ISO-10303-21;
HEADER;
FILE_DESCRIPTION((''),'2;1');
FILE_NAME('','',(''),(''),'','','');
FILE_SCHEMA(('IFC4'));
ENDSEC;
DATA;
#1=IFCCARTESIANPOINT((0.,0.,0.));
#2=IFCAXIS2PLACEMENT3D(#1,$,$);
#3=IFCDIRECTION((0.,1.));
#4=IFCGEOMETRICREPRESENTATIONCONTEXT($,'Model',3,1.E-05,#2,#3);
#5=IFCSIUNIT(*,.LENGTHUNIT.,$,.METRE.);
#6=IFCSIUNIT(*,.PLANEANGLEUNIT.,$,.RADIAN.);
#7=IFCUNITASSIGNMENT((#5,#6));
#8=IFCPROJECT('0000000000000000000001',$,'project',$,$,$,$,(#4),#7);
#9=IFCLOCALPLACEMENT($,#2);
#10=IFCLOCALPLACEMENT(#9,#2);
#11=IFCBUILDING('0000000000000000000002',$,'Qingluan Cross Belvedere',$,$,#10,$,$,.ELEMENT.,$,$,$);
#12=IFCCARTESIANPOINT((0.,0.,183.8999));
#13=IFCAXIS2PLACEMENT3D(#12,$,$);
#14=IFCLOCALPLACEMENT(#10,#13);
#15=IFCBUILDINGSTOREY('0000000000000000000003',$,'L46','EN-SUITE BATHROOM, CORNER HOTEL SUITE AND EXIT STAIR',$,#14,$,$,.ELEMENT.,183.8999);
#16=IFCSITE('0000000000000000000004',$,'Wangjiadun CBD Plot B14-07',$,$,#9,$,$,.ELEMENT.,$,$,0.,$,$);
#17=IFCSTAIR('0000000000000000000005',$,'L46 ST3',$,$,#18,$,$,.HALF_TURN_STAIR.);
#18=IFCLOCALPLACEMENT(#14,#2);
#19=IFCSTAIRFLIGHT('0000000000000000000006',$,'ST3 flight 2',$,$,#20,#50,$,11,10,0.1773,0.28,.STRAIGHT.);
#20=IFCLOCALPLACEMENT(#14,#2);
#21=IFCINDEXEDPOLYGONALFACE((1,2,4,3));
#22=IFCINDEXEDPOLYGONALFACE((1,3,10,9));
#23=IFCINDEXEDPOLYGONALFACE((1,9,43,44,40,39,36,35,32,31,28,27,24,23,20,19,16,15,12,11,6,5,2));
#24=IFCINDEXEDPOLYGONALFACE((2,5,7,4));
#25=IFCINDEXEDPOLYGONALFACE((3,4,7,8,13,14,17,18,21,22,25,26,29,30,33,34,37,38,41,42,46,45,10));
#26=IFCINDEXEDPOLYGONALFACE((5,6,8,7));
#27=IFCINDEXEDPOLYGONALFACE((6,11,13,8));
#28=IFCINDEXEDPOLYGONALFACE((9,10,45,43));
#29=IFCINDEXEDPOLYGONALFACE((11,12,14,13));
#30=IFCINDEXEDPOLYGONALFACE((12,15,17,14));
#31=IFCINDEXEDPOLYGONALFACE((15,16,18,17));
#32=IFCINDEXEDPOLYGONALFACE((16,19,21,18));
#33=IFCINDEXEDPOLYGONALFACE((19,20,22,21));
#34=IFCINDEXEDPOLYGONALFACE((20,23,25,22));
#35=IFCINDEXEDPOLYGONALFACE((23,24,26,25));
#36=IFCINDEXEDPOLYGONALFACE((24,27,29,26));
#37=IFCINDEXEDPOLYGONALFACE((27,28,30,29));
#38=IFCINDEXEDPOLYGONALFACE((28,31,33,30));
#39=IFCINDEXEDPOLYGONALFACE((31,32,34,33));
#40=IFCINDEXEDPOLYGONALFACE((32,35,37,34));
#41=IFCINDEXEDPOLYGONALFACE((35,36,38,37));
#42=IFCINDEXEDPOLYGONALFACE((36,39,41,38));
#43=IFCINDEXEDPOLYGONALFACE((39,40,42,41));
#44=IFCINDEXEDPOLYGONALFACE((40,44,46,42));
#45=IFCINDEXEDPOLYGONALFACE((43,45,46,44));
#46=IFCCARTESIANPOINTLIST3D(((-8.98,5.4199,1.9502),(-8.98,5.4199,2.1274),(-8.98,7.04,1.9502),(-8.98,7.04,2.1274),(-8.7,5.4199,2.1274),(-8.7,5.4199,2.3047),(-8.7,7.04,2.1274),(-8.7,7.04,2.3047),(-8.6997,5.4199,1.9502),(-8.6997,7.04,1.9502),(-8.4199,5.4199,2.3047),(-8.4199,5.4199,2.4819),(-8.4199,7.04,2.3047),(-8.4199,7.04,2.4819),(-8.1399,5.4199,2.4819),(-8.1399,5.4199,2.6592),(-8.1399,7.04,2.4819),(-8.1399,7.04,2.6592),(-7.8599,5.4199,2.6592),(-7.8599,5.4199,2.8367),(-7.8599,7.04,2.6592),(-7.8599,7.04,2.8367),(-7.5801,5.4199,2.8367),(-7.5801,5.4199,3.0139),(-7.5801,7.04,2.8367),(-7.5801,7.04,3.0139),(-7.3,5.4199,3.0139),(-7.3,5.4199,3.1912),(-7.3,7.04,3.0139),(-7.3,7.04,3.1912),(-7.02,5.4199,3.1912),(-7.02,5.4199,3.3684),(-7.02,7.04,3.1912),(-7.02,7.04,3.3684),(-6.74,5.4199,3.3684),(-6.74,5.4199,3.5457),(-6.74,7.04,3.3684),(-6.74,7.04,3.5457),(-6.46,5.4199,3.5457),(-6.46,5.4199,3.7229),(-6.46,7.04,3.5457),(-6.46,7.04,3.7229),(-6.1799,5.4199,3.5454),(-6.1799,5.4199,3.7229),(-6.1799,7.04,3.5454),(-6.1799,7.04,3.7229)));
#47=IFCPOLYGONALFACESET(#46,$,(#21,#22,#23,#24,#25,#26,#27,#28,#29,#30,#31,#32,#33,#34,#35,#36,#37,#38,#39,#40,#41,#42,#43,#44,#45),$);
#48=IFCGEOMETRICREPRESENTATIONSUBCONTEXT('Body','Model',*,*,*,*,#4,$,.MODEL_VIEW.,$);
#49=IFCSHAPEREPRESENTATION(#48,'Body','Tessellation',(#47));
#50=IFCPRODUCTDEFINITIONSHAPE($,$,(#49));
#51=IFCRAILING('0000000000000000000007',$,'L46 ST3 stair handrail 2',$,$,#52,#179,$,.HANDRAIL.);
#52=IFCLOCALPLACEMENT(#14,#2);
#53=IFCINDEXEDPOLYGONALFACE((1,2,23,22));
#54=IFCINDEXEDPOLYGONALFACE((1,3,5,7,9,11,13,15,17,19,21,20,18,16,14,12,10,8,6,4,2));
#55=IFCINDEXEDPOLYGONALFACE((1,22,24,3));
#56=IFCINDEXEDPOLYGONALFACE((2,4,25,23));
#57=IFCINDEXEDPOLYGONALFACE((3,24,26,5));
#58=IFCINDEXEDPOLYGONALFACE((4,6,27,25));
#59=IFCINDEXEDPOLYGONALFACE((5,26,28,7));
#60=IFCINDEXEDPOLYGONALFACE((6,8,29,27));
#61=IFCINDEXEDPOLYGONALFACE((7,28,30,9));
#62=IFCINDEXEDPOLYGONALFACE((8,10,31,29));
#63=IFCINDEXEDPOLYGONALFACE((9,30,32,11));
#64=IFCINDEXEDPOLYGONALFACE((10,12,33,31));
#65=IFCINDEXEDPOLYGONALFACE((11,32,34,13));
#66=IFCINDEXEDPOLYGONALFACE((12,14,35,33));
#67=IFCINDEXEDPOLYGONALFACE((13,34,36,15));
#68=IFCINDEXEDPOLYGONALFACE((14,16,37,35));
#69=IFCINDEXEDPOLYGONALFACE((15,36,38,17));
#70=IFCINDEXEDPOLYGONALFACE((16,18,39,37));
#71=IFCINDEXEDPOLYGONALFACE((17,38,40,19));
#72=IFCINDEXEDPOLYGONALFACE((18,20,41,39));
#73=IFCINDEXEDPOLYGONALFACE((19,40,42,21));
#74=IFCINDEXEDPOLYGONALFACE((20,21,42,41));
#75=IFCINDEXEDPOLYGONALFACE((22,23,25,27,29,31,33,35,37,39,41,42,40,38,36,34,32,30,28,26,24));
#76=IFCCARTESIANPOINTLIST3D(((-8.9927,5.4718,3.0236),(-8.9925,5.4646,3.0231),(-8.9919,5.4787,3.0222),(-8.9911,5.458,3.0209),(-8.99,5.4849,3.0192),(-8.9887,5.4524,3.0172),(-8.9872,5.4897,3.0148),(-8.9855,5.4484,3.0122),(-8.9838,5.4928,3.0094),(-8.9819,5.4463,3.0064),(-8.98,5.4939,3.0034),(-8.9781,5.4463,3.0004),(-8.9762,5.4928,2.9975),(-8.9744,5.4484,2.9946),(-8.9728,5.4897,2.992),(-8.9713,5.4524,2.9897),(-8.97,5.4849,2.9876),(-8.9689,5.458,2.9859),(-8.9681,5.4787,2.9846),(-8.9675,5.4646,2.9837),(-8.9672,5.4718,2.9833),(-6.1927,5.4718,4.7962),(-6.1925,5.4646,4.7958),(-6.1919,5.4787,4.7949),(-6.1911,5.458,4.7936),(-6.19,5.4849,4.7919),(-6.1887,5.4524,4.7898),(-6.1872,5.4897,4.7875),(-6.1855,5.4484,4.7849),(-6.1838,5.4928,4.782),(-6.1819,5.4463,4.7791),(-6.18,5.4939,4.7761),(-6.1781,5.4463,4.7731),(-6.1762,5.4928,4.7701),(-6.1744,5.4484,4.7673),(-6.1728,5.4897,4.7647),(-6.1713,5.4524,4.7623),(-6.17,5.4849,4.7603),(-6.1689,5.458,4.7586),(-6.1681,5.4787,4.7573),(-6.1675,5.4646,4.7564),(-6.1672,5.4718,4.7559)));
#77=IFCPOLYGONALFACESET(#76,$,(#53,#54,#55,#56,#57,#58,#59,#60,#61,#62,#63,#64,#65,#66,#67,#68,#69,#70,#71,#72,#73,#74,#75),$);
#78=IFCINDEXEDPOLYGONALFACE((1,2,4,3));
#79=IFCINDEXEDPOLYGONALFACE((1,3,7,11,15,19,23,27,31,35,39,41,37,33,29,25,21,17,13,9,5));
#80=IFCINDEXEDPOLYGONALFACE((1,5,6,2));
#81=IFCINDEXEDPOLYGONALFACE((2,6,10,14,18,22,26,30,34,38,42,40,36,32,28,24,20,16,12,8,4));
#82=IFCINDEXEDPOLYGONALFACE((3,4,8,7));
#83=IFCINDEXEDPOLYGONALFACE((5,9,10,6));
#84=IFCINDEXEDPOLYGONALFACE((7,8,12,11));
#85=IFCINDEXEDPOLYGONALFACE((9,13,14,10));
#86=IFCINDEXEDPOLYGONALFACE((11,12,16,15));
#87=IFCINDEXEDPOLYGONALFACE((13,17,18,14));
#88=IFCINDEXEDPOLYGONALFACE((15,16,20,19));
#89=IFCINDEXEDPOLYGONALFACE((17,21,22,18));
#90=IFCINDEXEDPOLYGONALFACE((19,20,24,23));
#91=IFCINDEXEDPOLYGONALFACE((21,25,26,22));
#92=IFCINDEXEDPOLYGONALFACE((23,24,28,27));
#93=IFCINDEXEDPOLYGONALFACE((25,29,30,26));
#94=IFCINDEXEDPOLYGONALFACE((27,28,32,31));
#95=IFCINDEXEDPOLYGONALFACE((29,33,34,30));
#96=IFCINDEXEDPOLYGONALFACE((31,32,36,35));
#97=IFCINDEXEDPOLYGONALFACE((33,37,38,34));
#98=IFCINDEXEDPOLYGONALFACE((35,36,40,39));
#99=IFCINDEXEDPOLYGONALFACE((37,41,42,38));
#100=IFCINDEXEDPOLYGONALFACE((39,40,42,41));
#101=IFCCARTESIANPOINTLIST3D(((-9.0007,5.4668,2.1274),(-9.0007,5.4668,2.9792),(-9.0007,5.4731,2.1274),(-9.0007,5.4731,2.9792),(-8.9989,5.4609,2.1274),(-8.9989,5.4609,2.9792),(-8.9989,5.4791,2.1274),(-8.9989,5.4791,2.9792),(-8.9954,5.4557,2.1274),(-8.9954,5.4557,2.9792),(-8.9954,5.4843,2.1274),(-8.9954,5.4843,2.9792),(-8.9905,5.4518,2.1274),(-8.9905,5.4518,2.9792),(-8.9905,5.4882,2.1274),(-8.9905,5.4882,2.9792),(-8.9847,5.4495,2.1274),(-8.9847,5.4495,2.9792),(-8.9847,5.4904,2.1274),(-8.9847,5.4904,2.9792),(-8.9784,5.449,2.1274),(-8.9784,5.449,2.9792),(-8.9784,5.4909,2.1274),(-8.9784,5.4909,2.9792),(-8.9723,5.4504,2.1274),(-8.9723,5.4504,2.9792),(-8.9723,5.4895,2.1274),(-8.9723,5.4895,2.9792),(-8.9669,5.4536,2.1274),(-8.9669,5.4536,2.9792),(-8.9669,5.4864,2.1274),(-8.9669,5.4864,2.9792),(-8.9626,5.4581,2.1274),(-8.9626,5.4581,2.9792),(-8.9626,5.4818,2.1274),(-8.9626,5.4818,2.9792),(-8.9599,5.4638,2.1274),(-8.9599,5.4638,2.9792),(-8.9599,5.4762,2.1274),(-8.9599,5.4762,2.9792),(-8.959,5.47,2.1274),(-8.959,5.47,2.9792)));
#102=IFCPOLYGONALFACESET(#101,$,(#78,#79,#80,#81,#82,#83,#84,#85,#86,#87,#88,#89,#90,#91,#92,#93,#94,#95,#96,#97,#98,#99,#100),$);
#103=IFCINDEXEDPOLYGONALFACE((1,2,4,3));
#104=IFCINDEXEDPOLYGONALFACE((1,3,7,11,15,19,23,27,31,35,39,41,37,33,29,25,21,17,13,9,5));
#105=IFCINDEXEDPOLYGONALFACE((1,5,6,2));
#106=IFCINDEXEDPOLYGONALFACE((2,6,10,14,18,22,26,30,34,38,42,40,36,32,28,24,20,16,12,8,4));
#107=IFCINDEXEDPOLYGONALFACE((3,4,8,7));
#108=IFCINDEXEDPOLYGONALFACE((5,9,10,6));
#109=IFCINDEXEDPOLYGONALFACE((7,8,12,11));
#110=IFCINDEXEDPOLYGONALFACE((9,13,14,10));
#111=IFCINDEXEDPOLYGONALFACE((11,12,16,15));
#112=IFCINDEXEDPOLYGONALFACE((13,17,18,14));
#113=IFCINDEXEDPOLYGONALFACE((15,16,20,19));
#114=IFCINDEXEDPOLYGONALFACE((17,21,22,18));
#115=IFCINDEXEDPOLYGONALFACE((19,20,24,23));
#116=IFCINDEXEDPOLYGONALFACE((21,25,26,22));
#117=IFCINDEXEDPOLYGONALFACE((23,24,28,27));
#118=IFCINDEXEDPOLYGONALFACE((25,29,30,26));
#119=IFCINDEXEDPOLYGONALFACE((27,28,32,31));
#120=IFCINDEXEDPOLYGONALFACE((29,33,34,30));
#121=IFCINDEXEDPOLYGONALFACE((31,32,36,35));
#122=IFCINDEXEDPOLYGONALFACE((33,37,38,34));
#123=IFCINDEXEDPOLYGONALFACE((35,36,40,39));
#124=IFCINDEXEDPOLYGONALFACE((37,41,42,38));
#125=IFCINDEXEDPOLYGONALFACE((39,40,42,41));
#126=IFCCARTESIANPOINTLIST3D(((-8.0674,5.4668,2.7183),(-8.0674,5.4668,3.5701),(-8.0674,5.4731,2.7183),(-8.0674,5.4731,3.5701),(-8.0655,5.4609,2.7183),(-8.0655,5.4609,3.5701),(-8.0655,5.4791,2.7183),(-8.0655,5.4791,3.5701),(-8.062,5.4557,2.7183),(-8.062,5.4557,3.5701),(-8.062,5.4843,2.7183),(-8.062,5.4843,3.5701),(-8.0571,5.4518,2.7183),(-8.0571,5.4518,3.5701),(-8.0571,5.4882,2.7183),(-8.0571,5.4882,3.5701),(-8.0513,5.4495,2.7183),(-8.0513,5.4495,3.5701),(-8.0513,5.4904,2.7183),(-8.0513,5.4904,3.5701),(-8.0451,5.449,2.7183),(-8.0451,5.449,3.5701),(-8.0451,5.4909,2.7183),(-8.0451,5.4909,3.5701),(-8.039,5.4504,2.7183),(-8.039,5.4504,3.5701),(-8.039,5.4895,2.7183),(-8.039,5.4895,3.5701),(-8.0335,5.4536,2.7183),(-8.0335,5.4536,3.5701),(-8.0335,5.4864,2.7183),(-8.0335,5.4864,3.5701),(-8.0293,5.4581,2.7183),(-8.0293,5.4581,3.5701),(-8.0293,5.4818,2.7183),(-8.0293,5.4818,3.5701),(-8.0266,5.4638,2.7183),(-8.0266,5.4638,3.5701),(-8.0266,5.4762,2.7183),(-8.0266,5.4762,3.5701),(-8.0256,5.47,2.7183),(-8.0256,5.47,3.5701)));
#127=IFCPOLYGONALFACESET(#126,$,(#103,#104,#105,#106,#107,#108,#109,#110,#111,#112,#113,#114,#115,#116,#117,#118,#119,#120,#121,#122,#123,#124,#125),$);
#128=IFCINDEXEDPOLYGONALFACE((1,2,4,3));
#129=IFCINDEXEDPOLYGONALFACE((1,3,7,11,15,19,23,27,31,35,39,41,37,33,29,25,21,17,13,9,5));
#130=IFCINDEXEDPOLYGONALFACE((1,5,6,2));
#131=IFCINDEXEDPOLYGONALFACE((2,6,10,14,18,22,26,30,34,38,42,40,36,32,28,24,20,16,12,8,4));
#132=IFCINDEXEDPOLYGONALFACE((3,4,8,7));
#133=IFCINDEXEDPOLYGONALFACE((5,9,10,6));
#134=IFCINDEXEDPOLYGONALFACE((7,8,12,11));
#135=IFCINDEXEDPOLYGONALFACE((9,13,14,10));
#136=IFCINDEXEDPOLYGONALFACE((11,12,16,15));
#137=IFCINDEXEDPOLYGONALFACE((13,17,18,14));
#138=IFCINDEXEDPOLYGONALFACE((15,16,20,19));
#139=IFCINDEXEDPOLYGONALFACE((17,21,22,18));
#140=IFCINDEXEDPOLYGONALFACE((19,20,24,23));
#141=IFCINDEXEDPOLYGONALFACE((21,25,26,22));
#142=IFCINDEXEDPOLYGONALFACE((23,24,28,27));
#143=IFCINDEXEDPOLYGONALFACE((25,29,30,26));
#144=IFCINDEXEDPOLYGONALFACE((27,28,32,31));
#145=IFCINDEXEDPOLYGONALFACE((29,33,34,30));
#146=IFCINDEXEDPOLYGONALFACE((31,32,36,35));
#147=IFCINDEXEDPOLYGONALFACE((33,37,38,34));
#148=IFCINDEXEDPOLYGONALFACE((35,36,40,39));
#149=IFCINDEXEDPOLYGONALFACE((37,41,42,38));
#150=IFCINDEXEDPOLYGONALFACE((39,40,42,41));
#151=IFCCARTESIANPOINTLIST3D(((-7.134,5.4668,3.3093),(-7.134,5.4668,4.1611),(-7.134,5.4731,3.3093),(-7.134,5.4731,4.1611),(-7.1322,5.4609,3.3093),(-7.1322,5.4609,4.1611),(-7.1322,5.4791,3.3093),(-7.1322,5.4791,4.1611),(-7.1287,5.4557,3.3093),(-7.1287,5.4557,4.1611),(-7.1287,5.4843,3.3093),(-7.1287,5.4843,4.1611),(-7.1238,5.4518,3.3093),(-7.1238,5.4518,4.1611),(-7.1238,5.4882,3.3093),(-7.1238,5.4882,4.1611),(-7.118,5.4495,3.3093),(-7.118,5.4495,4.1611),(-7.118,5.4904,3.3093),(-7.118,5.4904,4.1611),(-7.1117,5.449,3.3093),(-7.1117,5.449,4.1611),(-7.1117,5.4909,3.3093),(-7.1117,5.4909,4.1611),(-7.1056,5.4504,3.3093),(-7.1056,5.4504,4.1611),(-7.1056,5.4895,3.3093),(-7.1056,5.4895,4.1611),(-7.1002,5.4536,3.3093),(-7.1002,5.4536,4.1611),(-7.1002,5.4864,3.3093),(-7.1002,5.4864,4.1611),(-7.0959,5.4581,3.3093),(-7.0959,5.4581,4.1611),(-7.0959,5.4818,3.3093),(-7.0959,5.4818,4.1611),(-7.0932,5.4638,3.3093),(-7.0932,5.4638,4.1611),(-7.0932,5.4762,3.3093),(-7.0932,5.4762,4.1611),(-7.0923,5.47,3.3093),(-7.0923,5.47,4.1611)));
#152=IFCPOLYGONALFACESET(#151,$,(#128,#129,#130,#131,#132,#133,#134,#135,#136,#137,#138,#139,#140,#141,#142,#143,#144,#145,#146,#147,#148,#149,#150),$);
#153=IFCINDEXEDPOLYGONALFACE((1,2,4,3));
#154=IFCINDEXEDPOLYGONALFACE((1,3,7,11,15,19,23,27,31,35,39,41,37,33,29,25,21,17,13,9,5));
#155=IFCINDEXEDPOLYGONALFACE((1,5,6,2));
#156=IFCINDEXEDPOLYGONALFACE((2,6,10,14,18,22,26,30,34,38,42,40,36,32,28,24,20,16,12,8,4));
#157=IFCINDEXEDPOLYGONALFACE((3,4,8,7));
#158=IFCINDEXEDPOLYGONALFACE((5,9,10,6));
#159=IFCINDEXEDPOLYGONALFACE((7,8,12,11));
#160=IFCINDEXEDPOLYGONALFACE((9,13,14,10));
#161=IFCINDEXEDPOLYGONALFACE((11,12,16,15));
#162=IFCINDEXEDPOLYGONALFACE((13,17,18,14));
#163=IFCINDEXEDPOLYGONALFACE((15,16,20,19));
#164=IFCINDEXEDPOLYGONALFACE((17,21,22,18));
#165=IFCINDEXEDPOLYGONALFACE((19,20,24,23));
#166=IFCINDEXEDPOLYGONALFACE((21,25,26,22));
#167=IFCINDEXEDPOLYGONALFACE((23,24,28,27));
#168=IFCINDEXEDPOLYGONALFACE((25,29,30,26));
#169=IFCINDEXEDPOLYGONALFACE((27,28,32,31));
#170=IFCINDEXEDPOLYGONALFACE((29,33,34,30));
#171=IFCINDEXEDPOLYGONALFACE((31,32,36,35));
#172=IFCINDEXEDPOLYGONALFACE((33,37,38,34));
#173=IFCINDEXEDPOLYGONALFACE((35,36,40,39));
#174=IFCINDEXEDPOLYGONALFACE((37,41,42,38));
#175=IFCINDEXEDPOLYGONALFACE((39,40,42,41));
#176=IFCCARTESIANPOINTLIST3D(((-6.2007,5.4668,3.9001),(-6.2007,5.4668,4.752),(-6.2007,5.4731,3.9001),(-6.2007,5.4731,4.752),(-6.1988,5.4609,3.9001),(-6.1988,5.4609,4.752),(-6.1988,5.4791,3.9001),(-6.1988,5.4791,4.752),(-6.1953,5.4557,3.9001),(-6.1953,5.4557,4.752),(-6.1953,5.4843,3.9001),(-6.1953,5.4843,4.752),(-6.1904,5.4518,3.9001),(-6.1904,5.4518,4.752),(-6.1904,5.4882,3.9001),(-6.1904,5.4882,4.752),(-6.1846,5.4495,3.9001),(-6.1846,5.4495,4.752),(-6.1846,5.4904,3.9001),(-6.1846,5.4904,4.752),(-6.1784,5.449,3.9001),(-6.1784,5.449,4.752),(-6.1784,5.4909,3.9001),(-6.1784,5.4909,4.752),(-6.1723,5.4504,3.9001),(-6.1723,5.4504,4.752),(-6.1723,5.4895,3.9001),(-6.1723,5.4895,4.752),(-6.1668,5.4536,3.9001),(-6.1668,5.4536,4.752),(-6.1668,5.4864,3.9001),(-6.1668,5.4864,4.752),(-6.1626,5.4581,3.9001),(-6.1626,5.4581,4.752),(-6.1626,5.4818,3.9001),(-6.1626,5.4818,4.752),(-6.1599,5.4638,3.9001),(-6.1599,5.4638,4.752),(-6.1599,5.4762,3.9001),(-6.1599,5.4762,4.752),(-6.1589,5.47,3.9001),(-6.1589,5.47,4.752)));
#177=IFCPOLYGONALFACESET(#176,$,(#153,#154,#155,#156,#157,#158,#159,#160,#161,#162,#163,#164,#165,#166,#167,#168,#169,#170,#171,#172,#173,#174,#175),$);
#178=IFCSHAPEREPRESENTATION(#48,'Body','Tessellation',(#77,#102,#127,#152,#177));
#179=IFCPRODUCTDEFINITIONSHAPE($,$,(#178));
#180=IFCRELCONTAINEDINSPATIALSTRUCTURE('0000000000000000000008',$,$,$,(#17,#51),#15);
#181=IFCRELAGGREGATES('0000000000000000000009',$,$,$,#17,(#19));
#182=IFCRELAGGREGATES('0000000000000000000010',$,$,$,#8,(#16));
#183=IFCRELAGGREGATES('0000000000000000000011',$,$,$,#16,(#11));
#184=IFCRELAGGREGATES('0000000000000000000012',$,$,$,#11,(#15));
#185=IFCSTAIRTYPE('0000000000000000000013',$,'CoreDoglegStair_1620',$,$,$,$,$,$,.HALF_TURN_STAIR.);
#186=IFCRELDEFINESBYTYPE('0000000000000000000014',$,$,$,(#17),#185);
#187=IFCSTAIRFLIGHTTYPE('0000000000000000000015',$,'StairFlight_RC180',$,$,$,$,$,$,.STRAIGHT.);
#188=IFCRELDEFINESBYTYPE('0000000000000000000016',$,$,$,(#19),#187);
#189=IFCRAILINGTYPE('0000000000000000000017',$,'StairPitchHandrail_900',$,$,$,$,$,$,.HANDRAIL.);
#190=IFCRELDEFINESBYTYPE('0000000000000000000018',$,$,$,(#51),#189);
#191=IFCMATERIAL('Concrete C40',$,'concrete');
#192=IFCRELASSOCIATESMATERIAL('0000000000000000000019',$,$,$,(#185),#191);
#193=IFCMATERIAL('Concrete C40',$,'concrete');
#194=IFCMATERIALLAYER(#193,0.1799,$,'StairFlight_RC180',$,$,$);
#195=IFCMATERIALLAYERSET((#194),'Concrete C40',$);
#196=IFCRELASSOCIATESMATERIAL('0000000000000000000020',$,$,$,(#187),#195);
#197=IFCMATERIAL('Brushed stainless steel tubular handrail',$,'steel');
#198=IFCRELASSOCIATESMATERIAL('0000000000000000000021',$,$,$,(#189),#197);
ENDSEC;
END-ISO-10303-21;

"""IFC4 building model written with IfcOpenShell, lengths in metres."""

from ifc_helpers import new_model, si_unit, direction, frame, origin, origin_2d, place, context, subcontext, project, spatial, polyline, circle, outline, extrude, material, layer, layer_set, type_object, element, aggregate, save


model = new_model("IFC4")

# Units and contexts
model_context = context("Model", 3, precision=1e-05, world=origin(), true_north=direction((0.0, 1.0)))
body_context = subcontext(model_context, "Body", "Model", "MODEL_VIEW")
ifc_project = project(units=[si_unit("LENGTHUNIT", "METRE"), si_unit("PLANEANGLEUNIT", "RADIAN")], contexts=[model_context])

# Site, building, storey
site_placement = place(None, origin())
site = spatial("IfcSite", under=ifc_project, at=site_placement, Name="Wangjiadun CBD Plot B14-07", CompositionType="ELEMENT", RefElevation=0.0)
building_placement = place(site_placement, origin())
building = spatial("IfcBuilding", under=site, at=building_placement, Name="Qingluan Cross Belvedere", CompositionType="ELEMENT")
storey_placement = place(building_placement, frame((0.0, 0.0, 183.8999)))
storey = spatial("IfcBuildingStorey", under=building, at=storey_placement, Name="L46", Description="EN-SUITE BATHROOM, CORNER HOTEL SUITE AND EXIT STAIR", CompositionType="ELEMENT", Elevation=183.8999)

# Stair, stair flight
ifc_material_1 = material(Name="Concrete C40", Category="concrete")
stair_type = type_object("IfcStairType", Name="CoreDoglegStair_1620", PredefinedType="HALF_TURN_STAIR", material=ifc_material_1)
stair_placement = place(storey_placement, origin())
stair = element("IfcStair", 1, at=stair_placement, inside=storey, type_object=stair_type, Name="L46 ST3", PredefinedType="HALF_TURN_STAIR")
ifc_material_2 = material(Name="Concrete C40", Category="concrete")
ifc_layer_1 = layer(ifc_material_2, 0.1799, Name="StairFlight_RC180")
ifc_layer_set_1 = layer_set([ifc_layer_1], Name="Concrete C40")
stair_flight_type = type_object("IfcStairFlightType", Name="StairFlight_RC180", PredefinedType="STRAIGHT", material=ifc_layer_set_1)
stair_flight_1_placement = place(storey_placement, frame((-8.98, 6.23, 1.9502), z_axis=(0.0, 0.0, 1.0), x_axis=(1.0, 0.0, 0.0)))
stair_flight_1 = element("IfcStairFlight", 2, at=stair_flight_1_placement, type_object=stair_flight_type, Name="ST3 flight 2", NumberOfRisers=11, NumberOfTreads=10, PredefinedType="STRAIGHT", RiserHeight=0.1773, TreadLength=0.28, context=body_context, shape_type="SweptSolid", body=[
    extrude(outline(polyline([(0.0, 0.0), (0.0, 0.1772), (0.28, 0.1772), (0.28, 0.3545), (0.5601, 0.3545), (0.5601, 0.5317), (0.8401, 0.5317), (0.8401, 0.709), (1.1201, 0.709), (1.1201, 0.8865), (1.3999, 0.8865), (1.3999, 1.0637), (1.6799, 1.0637), (1.6799, 1.241), (1.96, 1.241), (1.96, 1.4182), (2.24, 1.4182), (2.24, 1.5955), (2.52, 1.5955), (2.52, 1.7727), (2.8, 1.7727), (2.8, 1.95), (2.8, 1.5952), (0.2803, 0.0), (0.0, 0.0)])), frame((0.0, 0.8101, 0.0), z_axis=(0.0, -1.0, 0.0), x_axis=(1.0, 0.0, 0.0)), (0.0, 0.0, 1.0), 1.6201),
])
aggregate(stair, [stair_flight_1])

# Railing
ifc_material_3 = material(Name="Brushed stainless steel tubular handrail", Category="steel")
railing_type_1 = type_object("IfcRailingType", Name="StairPitchHandrail_900", PredefinedType="HANDRAIL", material=ifc_material_3)
railing_1_placement = place(storey_placement, frame((-8.98, 5.47, 2.1274)))
element("IfcRailing", 3, at=railing_1_placement, inside=storey, type_object=railing_type_1, Name="L46 ST3 stair handrail 2", PredefinedType="HANDRAIL", context=body_context, shape_type="SweptSolid", body=[
    extrude(circle(Radius=0.0239, at=origin_2d()), frame((0.0, 0.0, 0.876), z_axis=(0.844909, 0.0, 0.53491), x_axis=(0.0, 1.0, 0.0)), (0.0, 0.0, 1.0), 3.314),
    extrude(circle(Radius=0.021, at=origin_2d()), origin(), (0.0, 0.0, 1.0), 0.8518),
    extrude(circle(Radius=0.021, at=origin_2d()), frame((0.9333, 0.0, 0.5908)), (0.0, 0.0, 1.0), 0.8518),
    extrude(circle(Radius=0.021, at=origin_2d()), frame((1.8667, 0.0, 1.1819)), (0.0, 0.0, 1.0), 0.8518),
    extrude(circle(Radius=0.021, at=origin_2d()), frame((2.8, 0.0, 1.7727)), (0.0, 0.0, 1.0), 0.8518),
])

save(model, "model.ifc")
